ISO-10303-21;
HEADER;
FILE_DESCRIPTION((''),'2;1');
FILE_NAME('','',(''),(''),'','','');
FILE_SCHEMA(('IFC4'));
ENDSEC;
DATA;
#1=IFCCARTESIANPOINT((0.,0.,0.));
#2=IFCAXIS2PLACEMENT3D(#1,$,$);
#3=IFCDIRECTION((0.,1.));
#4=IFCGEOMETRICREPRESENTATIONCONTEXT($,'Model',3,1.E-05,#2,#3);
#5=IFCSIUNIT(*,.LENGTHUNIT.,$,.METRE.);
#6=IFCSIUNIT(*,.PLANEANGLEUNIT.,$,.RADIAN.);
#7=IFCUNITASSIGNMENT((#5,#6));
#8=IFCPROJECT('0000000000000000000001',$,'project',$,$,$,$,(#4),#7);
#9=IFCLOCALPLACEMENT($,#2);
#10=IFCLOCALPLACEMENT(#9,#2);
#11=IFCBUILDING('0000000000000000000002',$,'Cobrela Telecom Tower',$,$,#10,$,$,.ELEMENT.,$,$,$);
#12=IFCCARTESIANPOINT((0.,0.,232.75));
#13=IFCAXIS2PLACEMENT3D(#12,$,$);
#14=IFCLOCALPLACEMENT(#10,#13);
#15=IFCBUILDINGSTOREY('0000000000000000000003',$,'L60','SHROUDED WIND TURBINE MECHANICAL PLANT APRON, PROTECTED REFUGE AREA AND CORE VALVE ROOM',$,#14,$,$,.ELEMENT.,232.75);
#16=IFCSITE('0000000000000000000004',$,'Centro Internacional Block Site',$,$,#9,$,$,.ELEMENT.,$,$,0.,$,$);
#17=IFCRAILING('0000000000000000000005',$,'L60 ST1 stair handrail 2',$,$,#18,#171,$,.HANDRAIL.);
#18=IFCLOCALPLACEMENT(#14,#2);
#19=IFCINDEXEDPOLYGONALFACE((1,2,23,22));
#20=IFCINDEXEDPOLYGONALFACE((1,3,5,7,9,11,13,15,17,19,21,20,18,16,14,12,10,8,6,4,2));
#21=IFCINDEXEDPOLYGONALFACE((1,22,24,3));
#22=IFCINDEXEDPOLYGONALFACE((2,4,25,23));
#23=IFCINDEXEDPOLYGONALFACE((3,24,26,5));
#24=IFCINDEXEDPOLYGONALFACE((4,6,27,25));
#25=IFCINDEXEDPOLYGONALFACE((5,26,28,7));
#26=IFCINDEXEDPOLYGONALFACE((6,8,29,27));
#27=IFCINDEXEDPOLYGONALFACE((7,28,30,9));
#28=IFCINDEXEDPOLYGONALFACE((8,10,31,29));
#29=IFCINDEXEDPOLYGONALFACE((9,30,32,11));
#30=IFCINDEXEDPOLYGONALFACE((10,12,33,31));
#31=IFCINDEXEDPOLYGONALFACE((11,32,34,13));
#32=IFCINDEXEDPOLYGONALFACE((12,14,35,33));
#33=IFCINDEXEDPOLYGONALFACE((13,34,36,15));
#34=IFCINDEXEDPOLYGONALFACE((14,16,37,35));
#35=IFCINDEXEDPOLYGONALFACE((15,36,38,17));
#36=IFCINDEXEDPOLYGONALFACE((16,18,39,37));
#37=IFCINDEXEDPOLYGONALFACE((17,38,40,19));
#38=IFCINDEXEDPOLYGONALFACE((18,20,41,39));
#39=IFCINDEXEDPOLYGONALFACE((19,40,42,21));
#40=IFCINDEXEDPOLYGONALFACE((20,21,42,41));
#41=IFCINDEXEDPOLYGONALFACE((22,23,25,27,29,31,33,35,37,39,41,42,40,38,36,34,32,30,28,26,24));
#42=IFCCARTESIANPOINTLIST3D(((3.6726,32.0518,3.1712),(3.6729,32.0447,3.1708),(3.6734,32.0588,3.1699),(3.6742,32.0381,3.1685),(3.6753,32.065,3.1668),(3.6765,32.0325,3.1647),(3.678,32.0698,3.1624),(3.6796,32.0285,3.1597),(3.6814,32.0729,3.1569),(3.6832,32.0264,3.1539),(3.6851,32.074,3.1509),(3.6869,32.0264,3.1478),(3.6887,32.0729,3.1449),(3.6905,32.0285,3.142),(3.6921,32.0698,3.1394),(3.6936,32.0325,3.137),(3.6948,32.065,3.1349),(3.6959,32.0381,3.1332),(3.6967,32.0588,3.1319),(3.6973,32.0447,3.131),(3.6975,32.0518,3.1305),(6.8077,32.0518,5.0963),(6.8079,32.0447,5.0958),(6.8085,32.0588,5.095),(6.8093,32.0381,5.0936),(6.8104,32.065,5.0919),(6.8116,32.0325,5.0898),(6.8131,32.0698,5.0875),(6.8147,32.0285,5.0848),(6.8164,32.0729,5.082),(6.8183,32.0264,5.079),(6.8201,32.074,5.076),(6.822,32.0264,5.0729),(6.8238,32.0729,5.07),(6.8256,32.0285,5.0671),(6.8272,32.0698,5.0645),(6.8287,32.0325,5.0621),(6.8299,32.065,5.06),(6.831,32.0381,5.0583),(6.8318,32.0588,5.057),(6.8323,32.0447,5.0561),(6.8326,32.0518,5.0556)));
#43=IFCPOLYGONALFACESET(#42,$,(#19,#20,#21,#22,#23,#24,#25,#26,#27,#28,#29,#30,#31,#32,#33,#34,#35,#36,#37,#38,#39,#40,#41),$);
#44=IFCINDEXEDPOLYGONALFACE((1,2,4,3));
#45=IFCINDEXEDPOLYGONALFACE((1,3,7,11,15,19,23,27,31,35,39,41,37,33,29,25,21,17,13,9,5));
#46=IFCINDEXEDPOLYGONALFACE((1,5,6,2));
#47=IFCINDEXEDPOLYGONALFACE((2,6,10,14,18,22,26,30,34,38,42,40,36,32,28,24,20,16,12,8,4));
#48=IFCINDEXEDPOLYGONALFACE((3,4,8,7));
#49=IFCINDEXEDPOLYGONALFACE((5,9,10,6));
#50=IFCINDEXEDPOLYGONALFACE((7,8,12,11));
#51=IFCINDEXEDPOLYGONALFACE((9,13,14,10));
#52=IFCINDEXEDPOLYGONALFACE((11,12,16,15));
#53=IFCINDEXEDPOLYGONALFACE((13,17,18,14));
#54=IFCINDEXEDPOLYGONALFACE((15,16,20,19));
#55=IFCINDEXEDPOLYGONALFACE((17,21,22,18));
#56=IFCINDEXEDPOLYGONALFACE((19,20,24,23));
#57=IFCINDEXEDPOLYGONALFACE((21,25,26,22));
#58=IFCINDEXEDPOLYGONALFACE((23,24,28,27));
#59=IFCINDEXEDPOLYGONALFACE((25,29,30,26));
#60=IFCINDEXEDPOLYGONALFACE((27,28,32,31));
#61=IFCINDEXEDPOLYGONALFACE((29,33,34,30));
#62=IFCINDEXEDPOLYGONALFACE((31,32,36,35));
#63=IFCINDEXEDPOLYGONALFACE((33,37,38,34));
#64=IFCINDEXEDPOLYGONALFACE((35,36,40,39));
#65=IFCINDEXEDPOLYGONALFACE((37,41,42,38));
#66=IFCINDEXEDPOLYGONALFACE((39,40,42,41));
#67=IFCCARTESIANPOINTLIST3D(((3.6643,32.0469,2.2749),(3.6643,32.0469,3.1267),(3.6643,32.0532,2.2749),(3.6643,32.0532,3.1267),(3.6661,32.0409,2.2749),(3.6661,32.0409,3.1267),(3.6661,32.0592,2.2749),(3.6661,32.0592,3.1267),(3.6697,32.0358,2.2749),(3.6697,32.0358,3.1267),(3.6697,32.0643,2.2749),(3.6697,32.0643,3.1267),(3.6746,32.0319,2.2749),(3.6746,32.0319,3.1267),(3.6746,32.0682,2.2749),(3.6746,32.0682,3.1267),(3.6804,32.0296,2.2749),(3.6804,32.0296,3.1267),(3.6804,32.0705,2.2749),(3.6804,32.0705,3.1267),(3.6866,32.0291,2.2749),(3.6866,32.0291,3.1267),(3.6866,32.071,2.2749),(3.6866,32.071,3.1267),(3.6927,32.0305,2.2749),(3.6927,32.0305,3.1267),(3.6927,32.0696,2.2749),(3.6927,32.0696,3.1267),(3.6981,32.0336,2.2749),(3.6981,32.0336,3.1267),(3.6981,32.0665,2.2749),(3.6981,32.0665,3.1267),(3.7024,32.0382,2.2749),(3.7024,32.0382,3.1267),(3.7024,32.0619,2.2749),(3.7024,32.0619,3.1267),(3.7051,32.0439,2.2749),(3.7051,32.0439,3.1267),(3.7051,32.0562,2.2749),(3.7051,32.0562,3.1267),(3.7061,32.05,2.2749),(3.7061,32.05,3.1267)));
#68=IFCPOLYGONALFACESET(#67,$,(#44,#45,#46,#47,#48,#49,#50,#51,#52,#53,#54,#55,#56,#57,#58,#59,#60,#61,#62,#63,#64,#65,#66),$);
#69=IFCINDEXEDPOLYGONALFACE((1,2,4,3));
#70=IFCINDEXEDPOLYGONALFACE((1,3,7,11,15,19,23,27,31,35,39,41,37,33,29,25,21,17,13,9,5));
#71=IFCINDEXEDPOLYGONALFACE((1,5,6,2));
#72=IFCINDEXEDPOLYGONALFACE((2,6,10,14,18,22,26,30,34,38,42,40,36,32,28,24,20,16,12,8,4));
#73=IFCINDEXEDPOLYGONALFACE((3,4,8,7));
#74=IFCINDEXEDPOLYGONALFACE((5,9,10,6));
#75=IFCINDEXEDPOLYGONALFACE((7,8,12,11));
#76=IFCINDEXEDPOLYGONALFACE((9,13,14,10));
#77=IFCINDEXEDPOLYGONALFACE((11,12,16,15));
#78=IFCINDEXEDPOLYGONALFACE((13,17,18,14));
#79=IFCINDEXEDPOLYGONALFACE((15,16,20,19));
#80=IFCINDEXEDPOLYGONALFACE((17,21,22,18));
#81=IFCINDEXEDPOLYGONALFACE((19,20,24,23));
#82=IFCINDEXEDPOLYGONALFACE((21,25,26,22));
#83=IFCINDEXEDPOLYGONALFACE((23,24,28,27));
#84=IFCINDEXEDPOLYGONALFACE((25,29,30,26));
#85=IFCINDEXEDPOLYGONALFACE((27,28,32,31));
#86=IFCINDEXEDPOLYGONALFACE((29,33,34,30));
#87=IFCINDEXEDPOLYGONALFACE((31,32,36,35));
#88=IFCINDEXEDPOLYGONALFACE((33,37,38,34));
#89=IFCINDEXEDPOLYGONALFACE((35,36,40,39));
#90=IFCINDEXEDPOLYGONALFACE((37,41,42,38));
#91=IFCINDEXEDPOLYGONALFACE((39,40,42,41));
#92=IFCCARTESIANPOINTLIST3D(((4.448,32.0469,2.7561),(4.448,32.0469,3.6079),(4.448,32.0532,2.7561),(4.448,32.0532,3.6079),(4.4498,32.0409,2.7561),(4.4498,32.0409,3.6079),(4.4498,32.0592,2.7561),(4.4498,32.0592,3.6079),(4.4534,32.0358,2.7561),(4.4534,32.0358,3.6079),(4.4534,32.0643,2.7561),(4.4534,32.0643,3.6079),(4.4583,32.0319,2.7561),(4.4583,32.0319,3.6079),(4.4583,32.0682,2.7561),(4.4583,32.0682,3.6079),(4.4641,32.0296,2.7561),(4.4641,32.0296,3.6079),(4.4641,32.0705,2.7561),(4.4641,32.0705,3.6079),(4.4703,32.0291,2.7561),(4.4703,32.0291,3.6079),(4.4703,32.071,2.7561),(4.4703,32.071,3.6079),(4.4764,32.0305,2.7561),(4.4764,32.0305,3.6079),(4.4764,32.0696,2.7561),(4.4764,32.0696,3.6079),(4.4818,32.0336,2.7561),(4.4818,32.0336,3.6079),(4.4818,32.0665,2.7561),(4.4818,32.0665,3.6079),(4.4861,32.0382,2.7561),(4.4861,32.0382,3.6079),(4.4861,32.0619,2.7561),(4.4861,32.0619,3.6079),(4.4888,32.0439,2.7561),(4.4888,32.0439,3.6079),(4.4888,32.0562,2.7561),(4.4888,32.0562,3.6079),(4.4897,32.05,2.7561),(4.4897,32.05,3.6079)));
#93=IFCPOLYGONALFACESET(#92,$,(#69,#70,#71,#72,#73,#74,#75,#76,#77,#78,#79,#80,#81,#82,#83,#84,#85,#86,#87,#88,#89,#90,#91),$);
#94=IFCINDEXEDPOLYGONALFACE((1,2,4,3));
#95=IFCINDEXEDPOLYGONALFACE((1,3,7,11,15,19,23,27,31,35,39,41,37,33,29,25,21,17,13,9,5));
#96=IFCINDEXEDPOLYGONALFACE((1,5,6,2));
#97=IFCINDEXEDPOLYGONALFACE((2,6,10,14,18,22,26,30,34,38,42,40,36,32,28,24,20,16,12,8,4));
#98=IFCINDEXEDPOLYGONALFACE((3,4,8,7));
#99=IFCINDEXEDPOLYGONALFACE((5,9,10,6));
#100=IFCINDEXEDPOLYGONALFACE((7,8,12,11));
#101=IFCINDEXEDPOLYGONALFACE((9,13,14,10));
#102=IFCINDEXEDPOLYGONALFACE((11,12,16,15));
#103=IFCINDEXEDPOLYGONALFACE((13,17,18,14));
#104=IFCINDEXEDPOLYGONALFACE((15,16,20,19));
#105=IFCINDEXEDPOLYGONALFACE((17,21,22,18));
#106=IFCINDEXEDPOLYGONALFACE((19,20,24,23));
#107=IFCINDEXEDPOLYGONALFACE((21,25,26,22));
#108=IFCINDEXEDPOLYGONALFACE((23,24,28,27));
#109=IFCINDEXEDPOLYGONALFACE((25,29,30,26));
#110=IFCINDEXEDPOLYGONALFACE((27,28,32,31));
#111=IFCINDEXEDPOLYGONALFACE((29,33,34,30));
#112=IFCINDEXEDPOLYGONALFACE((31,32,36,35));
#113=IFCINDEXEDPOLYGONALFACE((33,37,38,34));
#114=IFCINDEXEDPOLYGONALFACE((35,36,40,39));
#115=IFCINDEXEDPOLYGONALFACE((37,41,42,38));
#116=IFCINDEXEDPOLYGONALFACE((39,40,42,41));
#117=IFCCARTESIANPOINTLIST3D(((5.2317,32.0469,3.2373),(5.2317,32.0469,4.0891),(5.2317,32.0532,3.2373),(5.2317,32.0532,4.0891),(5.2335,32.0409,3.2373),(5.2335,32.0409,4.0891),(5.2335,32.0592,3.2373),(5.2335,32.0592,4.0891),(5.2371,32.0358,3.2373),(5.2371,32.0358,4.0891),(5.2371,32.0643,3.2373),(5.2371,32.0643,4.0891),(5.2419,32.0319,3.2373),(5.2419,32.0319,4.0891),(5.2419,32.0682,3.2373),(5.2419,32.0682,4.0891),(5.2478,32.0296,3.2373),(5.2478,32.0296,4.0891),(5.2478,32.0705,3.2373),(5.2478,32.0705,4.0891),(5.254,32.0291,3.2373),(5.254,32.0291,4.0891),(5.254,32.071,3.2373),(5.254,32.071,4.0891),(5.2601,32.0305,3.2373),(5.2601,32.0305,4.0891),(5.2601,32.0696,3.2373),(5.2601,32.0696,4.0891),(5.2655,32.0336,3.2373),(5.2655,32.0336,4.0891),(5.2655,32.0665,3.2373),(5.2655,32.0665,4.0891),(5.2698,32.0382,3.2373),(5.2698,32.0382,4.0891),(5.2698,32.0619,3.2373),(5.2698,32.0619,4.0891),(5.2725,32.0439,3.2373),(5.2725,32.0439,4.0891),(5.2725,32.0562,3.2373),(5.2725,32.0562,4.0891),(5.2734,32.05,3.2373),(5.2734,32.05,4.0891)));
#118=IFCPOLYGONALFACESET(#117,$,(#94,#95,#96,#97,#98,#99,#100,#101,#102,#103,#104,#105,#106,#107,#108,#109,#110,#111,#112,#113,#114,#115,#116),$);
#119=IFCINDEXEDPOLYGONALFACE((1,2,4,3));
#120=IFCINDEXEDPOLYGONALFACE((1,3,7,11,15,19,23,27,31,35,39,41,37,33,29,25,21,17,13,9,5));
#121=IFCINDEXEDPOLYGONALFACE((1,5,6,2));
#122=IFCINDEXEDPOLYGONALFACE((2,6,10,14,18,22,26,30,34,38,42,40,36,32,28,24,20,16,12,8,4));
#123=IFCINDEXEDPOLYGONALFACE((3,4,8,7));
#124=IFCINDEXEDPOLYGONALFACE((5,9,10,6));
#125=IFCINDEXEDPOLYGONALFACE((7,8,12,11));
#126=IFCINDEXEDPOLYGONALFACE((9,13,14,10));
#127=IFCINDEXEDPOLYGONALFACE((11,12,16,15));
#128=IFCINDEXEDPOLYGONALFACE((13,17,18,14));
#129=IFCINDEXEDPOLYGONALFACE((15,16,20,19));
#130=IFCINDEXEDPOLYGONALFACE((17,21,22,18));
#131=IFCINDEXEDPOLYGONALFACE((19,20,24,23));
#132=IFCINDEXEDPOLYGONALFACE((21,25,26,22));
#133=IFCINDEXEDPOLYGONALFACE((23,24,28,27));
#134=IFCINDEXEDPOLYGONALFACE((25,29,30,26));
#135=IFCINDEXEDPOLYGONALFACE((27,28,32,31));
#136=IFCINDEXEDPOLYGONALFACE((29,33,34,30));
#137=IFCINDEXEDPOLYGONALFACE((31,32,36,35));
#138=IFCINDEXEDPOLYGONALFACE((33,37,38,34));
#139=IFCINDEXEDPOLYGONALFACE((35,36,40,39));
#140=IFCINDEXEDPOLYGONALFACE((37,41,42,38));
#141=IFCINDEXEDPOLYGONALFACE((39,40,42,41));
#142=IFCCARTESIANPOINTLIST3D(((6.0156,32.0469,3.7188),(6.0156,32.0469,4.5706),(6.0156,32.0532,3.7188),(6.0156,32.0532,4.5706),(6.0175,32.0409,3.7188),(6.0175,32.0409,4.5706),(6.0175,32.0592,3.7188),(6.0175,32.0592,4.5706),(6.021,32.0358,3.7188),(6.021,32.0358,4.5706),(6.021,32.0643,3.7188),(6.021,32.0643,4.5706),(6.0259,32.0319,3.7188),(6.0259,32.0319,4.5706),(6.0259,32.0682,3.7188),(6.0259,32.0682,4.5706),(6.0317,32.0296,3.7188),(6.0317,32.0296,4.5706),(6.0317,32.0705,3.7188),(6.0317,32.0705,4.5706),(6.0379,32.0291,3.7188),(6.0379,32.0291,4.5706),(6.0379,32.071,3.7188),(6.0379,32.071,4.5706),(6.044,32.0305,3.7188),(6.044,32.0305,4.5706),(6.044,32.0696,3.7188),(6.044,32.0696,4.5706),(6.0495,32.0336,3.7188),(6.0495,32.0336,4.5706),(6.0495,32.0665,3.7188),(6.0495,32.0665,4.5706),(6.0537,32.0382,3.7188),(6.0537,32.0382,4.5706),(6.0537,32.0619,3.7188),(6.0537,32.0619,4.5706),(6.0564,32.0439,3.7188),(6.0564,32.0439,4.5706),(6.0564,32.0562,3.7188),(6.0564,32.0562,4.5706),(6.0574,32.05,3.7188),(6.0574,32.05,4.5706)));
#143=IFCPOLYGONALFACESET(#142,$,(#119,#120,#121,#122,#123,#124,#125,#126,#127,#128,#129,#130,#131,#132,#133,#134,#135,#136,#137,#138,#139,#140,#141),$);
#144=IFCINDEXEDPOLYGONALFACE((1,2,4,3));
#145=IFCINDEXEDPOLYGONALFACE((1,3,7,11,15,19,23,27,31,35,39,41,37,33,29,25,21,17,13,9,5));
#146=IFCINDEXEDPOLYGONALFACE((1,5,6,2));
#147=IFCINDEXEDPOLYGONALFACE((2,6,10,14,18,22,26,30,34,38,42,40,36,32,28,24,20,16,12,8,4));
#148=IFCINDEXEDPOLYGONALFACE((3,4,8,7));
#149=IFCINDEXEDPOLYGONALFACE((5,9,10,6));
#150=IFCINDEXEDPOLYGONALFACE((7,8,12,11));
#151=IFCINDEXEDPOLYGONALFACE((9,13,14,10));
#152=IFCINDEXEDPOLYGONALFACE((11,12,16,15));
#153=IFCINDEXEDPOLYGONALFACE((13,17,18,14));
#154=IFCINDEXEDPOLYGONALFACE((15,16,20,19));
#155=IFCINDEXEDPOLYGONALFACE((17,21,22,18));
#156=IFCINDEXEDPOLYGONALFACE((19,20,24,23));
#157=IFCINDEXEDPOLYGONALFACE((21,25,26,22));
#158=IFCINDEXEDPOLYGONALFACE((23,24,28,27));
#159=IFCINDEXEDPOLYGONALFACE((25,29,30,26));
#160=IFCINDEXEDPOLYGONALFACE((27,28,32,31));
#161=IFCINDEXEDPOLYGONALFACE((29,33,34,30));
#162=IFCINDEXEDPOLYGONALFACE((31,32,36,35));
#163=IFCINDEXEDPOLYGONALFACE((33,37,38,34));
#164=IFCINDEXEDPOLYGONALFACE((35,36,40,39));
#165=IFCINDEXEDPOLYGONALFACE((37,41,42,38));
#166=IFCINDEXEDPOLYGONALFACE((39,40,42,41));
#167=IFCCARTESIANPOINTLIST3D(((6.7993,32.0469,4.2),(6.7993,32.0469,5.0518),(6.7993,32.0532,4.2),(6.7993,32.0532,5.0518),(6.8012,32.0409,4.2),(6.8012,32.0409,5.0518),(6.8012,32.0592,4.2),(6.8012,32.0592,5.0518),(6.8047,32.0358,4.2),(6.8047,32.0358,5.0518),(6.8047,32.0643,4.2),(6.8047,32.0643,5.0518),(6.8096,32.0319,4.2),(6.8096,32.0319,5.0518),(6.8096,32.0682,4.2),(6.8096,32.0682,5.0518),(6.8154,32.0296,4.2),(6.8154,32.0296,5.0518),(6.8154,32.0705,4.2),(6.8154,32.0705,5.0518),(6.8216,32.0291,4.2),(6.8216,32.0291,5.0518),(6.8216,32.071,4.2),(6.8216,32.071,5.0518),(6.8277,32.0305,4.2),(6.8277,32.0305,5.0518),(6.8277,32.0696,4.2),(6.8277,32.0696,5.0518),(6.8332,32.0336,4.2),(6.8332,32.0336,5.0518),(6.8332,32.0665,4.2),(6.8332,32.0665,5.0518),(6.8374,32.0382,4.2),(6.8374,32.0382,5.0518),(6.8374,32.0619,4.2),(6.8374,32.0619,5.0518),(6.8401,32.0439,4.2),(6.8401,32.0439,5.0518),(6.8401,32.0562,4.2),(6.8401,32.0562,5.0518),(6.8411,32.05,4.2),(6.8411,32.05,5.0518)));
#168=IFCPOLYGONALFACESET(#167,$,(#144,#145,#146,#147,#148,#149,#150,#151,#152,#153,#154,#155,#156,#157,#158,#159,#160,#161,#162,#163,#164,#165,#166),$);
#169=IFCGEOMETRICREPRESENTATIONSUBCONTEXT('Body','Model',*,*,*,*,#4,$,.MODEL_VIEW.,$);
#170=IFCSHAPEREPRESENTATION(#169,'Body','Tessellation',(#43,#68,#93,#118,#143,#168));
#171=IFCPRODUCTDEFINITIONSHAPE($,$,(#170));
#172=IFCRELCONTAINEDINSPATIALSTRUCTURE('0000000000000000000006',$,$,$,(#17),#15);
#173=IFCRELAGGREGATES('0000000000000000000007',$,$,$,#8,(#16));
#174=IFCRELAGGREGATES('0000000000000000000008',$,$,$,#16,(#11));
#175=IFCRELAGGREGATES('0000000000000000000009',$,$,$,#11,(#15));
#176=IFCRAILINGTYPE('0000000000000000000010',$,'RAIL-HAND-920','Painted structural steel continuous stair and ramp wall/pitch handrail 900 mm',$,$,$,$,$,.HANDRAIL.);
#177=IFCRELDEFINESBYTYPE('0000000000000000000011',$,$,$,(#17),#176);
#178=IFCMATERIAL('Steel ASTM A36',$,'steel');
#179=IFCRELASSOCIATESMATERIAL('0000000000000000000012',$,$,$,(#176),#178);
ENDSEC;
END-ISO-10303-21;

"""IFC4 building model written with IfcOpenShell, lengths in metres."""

from ifc_helpers import new_model, si_unit, direction, frame, origin, origin_2d, place, context, subcontext, project, spatial, circle, extrude, material, type_object, element, save


model = new_model("IFC4")

# Units and contexts
model_context = context("Model", 3, precision=1e-05, world=origin(), true_north=direction((0.0, 1.0)))
body_context = subcontext(model_context, "Body", "Model", "MODEL_VIEW")
ifc_project = project(units=[si_unit("LENGTHUNIT", "METRE"), si_unit("PLANEANGLEUNIT", "RADIAN")], contexts=[model_context])

# Site, building, storey
site_placement = place(None, origin())
site = spatial("IfcSite", under=ifc_project, at=site_placement, Name="Centro Internacional Block Site", CompositionType="ELEMENT", RefElevation=0.0)
building_placement = place(site_placement, origin())
building = spatial("IfcBuilding", under=site, at=building_placement, Name="Cobrela Telecom Tower", CompositionType="ELEMENT")
storey_placement = place(building_placement, frame((0.0, 0.0, 232.75)))
storey = spatial("IfcBuildingStorey", under=building, at=storey_placement, Name="L60", Description="SHROUDED WIND TURBINE MECHANICAL PLANT APRON, PROTECTED REFUGE AREA AND CORE VALVE ROOM", CompositionType="ELEMENT", Elevation=232.75)

# Shared definitions
ifc_material_1 = material(Name="Steel ASTM A36", Category="steel")

# Railing
railing_type_1 = type_object("IfcRailingType", Name="RAIL-HAND-920", Description="Painted structural steel continuous stair and ramp wall/pitch handrail 900 mm", PredefinedType="HANDRAIL", material=ifc_material_1)
railing_1_placement = place(storey_placement, frame((3.6851, 32.05, 2.2749)))
element("IfcRailing", 1, at=railing_1_placement, inside=storey, type_object=railing_type_1, Name="L60 ST1 stair handrail 2", PredefinedType="HANDRAIL", context=body_context, shape_type="SweptSolid", body=[
    extrude(circle(Radius=0.0239, at=origin_2d()), frame((0.0, 0.0, 0.876), z_axis=(0.852166, 0.0, 0.523271), x_axis=(0.0, 1.0, 0.0)), (0.0, 0.0, 1.0), 3.679),
    extrude(circle(Radius=0.021, at=origin_2d()), origin(), (0.0, 0.0, 1.0), 0.8518),
    extrude(circle(Radius=0.021, at=origin_2d()), frame((0.7837, 0.0, 0.4812)), (0.0, 0.0, 1.0), 0.8518),
    extrude(circle(Radius=0.021, at=origin_2d()), frame((1.5674, 0.0, 0.9624)), (0.0, 0.0, 1.0), 0.8518),
    extrude(circle(Radius=0.021, at=origin_2d()), frame((2.3513, 0.0, 1.4438)), (0.0, 0.0, 1.0), 0.8518),
    extrude(circle(Radius=0.021, at=origin_2d()), frame((3.135, 0.0, 1.925)), (0.0, 0.0, 1.0), 0.8518),
])

save(model, "model.ifc")
